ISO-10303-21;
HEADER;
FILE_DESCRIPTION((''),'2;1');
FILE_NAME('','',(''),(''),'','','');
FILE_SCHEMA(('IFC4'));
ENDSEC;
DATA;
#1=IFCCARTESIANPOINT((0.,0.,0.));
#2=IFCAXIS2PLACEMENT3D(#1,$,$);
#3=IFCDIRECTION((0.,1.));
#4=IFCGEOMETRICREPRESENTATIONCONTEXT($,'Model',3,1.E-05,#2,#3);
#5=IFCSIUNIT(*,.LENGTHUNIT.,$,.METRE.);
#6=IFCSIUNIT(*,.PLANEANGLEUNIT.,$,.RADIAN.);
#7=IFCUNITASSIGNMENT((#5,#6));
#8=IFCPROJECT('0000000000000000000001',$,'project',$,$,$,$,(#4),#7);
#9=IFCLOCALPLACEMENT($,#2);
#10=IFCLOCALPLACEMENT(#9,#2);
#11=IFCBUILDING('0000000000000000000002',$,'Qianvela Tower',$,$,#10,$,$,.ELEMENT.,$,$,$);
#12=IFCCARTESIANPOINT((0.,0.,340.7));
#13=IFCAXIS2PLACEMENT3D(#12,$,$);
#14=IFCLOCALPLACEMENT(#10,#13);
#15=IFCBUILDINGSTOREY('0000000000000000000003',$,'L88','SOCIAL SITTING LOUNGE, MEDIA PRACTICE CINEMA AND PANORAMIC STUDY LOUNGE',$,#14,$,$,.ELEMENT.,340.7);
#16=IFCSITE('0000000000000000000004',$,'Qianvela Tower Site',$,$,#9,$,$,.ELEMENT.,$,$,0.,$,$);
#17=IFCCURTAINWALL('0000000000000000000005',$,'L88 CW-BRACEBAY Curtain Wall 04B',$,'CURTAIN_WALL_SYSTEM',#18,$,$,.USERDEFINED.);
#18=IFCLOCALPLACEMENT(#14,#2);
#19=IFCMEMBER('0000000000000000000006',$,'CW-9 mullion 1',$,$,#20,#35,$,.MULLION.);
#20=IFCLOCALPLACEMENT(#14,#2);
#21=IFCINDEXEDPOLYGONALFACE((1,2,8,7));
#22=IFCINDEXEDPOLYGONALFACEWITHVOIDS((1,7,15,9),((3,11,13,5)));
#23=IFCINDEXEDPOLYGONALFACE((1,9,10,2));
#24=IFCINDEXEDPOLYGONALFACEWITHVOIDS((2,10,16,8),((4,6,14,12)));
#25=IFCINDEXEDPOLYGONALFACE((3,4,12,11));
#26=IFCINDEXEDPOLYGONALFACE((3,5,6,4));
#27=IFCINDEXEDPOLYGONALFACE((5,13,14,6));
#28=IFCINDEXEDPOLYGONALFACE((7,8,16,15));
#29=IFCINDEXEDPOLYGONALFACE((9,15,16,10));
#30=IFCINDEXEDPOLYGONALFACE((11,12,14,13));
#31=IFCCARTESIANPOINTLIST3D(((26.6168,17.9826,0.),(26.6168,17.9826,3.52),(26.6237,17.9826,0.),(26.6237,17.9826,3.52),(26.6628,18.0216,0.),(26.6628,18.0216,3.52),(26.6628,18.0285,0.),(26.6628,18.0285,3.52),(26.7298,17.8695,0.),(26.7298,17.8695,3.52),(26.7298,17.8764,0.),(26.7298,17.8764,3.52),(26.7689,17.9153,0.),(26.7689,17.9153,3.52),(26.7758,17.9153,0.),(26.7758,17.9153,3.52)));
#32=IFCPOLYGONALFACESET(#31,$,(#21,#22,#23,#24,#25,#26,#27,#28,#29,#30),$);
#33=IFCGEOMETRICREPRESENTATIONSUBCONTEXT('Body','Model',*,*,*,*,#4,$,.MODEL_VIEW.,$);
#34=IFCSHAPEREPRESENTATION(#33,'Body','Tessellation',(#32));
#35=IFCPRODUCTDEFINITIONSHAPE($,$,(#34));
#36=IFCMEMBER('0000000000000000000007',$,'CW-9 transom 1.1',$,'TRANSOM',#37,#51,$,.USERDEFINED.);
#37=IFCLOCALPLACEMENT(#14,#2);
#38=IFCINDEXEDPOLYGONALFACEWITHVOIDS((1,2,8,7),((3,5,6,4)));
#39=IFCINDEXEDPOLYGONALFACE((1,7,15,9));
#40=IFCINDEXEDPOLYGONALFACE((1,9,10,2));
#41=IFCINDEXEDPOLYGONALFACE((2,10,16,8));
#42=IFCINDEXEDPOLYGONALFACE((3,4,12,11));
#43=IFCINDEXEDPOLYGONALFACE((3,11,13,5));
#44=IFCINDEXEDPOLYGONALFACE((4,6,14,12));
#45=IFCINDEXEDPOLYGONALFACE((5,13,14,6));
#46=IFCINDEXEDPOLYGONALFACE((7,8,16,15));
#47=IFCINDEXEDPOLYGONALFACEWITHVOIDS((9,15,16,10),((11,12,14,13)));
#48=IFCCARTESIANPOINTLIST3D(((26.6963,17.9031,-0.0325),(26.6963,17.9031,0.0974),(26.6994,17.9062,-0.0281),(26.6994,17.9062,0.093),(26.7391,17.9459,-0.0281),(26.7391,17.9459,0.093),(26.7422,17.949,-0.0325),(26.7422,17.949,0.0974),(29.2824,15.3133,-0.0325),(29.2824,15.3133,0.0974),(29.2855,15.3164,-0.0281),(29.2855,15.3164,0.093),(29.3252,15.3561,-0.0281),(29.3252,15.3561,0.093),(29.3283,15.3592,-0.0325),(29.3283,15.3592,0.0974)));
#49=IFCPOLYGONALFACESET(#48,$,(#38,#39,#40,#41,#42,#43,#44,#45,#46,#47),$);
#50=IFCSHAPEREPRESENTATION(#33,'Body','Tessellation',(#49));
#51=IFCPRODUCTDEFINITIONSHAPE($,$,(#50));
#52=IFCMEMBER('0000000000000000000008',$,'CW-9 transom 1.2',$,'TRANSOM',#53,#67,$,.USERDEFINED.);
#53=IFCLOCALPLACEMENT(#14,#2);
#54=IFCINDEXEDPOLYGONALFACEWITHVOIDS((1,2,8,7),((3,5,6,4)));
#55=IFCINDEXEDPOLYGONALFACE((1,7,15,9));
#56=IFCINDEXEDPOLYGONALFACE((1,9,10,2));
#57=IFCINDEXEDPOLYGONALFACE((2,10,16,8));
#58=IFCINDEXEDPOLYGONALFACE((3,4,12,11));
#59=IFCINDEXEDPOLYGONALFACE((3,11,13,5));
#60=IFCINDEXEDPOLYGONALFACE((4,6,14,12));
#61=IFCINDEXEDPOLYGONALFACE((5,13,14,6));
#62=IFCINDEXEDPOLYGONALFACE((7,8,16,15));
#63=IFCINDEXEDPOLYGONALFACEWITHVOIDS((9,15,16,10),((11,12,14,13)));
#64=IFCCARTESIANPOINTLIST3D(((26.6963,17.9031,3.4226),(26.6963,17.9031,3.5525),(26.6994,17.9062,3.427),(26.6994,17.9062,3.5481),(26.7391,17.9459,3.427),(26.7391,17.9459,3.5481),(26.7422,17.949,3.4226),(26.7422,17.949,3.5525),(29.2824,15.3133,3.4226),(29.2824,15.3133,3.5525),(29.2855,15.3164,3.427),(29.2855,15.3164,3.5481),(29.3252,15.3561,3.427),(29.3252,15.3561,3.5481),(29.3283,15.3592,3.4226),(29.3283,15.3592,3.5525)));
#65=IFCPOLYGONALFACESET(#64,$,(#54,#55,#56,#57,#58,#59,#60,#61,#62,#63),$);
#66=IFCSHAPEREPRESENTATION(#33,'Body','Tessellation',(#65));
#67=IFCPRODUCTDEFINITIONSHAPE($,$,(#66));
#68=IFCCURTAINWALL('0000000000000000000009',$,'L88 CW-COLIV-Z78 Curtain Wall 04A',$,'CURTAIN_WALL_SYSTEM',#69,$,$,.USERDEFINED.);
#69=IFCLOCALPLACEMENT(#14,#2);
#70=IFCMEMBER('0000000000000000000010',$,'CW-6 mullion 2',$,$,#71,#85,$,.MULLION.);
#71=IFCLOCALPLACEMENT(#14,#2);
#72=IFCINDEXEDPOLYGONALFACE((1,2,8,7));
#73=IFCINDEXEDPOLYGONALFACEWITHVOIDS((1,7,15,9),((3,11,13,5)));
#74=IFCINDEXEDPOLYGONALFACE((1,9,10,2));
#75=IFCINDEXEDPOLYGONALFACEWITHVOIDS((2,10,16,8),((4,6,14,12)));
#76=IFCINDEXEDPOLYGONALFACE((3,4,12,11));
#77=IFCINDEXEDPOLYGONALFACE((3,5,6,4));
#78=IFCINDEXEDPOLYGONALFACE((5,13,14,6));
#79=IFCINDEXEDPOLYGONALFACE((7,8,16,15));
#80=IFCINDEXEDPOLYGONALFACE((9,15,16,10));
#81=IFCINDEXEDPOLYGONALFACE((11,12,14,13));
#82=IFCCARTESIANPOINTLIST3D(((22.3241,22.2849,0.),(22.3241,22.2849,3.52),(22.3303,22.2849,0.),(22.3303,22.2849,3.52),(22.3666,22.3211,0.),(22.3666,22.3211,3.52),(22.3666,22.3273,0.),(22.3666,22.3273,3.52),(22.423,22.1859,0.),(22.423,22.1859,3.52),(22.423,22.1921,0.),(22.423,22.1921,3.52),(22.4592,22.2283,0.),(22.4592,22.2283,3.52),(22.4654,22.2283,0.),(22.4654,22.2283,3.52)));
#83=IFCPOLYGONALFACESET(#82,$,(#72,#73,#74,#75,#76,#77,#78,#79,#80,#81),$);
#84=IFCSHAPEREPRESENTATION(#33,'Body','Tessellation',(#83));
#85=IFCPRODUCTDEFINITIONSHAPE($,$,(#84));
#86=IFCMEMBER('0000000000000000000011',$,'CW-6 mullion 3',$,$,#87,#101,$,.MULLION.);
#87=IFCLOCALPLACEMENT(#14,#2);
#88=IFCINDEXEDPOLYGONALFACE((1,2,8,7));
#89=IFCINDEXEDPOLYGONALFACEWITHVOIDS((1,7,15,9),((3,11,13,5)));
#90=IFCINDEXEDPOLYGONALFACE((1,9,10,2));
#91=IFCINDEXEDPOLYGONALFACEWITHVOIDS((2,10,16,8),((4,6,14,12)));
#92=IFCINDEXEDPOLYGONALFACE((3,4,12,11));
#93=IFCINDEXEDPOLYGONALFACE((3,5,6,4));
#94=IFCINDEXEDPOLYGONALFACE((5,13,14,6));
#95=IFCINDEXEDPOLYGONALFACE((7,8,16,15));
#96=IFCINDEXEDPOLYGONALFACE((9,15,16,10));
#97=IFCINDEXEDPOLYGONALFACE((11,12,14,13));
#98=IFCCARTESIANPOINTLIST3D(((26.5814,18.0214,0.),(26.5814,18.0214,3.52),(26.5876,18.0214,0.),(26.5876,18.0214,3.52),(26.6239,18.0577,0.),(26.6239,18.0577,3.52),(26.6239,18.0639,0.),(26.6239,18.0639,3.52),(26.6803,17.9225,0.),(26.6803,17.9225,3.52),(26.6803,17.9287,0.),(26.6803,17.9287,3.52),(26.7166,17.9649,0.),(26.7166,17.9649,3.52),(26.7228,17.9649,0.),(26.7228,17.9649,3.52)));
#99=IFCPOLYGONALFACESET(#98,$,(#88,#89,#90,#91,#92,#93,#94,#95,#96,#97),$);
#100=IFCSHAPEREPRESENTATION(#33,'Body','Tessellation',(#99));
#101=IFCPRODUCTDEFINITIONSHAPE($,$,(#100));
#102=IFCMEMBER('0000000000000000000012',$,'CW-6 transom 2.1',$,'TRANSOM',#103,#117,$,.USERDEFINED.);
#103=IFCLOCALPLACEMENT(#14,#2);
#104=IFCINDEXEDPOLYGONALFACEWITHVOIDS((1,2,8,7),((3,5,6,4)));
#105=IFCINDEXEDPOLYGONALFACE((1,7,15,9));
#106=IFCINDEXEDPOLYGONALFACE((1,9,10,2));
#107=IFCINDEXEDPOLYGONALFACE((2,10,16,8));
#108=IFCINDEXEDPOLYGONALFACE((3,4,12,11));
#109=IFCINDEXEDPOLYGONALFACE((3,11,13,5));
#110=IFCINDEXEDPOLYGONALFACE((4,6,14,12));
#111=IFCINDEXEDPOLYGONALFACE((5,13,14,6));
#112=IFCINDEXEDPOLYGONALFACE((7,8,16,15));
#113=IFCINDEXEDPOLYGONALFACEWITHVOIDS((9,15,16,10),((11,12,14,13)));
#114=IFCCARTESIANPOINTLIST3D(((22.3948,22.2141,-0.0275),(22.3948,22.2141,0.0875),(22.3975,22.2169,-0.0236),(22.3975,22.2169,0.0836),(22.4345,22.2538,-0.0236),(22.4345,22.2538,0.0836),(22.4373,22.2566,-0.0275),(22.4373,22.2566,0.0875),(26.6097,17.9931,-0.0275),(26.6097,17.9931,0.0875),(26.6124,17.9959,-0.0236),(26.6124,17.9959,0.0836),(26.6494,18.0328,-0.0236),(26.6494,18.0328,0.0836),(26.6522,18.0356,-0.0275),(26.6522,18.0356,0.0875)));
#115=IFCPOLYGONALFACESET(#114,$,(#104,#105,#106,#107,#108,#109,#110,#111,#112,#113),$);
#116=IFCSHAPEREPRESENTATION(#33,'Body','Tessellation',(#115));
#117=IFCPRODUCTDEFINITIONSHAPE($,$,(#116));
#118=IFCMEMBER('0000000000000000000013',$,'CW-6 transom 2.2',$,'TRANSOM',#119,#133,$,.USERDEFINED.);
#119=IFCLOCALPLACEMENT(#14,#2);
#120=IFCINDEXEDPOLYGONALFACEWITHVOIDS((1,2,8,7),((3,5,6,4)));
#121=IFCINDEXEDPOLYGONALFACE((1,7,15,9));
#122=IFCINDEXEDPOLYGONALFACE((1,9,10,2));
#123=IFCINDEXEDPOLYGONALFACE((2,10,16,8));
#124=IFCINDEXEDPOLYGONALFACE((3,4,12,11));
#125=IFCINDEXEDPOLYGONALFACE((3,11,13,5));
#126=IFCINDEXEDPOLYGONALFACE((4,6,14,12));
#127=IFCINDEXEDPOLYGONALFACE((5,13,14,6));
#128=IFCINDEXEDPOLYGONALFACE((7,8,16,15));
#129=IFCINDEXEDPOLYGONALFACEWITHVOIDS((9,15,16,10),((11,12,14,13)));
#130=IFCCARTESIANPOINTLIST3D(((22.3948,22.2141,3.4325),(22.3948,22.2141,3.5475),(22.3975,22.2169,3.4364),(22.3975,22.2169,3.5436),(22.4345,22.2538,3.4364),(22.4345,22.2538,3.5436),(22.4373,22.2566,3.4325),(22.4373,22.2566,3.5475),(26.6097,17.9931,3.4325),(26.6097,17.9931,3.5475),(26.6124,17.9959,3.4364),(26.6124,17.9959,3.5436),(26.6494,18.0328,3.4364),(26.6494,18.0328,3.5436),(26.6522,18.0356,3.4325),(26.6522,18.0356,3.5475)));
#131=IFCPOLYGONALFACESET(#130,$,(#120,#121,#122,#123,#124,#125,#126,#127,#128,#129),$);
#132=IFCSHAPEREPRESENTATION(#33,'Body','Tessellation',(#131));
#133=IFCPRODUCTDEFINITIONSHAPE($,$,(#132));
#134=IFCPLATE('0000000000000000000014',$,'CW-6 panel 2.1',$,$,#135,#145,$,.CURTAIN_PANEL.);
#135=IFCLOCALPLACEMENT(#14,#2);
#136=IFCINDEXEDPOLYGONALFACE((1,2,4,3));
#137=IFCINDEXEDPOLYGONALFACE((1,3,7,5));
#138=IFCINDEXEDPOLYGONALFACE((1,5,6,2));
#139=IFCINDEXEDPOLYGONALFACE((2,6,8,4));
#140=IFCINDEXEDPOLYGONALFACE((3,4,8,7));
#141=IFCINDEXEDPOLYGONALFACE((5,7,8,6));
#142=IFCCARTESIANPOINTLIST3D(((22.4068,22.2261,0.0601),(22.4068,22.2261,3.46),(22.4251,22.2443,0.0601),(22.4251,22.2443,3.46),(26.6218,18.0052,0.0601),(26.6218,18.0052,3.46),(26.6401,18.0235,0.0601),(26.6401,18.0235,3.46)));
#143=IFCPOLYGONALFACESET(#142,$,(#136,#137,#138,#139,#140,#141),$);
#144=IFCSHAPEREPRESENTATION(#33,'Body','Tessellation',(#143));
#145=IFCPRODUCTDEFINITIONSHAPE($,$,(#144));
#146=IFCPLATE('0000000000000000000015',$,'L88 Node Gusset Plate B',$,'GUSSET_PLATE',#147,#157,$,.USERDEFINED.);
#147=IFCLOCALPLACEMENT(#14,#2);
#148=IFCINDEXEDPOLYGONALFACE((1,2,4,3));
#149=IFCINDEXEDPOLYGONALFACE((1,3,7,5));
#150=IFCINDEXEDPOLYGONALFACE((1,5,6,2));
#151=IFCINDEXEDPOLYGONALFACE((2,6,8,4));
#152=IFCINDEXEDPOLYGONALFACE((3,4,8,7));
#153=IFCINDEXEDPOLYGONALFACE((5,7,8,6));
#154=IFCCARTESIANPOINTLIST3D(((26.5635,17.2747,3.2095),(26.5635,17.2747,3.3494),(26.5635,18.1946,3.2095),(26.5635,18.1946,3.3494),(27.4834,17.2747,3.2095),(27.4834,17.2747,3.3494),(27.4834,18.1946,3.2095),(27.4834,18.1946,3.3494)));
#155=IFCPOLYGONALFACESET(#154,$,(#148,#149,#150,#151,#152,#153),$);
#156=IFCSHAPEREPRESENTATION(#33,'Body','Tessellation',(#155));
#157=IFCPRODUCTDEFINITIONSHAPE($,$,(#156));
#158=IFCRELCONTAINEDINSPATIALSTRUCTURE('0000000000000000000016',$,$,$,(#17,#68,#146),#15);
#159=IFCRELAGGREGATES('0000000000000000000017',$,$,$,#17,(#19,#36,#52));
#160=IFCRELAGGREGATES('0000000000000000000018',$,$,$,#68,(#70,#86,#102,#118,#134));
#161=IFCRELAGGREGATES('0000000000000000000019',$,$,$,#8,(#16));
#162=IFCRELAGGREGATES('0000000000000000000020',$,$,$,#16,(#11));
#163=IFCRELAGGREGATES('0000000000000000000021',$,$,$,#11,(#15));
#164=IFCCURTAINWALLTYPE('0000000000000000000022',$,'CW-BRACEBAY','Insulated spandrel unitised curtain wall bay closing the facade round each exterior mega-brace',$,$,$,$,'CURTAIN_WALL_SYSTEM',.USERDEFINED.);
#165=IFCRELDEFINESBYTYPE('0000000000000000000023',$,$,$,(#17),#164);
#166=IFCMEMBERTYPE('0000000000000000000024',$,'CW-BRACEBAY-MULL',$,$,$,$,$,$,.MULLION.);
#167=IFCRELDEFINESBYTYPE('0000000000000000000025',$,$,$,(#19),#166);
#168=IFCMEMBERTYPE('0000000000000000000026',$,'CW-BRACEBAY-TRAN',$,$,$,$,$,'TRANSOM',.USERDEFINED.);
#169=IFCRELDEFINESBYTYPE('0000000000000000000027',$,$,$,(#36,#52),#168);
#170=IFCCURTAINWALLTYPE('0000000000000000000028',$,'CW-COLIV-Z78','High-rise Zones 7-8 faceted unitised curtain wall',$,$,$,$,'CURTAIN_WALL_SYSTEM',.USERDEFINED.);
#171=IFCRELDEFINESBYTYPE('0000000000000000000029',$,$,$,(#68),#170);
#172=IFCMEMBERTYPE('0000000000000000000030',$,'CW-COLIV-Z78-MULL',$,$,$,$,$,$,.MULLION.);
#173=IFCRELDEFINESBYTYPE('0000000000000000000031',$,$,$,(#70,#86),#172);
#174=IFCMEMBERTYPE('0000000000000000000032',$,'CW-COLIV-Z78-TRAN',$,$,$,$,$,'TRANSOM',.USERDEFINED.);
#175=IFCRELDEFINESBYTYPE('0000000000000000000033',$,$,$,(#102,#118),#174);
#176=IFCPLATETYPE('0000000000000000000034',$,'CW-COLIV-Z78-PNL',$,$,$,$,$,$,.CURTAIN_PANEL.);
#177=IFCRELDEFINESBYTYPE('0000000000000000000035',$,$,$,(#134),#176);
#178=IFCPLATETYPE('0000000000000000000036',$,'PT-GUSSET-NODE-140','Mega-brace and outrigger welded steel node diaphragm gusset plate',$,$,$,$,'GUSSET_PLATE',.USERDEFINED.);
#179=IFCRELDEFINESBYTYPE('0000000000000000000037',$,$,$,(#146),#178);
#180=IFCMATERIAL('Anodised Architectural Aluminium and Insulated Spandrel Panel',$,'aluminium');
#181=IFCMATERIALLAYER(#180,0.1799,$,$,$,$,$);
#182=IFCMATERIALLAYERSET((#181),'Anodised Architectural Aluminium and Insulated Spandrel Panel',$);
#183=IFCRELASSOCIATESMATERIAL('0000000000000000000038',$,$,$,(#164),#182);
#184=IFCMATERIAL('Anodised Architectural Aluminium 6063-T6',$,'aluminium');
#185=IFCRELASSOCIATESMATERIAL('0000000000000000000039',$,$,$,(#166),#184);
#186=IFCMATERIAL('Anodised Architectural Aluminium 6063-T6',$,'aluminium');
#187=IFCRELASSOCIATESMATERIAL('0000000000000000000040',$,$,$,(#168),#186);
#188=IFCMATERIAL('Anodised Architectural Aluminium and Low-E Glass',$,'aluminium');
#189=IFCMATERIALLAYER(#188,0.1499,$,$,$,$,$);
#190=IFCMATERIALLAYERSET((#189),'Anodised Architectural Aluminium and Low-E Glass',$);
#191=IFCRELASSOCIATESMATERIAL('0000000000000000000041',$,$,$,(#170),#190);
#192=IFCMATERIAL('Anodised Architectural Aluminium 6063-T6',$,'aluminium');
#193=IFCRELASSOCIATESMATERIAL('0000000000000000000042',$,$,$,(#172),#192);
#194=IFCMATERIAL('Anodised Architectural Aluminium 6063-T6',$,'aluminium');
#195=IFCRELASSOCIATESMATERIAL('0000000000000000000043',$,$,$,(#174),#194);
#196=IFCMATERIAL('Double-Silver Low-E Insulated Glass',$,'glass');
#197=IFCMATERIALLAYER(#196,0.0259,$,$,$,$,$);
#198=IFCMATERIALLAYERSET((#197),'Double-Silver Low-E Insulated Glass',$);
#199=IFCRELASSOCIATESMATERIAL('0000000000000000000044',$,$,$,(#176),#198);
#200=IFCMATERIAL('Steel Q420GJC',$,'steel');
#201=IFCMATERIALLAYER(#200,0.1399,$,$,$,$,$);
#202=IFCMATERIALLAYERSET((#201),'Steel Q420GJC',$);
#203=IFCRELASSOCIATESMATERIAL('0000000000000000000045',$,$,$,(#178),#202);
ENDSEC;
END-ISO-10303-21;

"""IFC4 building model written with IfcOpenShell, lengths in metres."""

from ifc_helpers import new_model, si_unit, direction, frame, origin, origin_2d, place, context, subcontext, project, spatial, rectangle, hollow_rectangle, extrude, material, layer, layer_set, material_profile, profile_set, type_object, element, aggregate, save


model = new_model("IFC4")

# Units and contexts
model_context = context("Model", 3, precision=1e-05, world=origin(), true_north=direction((0.0, 1.0)))
body_context = subcontext(model_context, "Body", "Model", "MODEL_VIEW")
ifc_project = project(units=[si_unit("LENGTHUNIT", "METRE"), si_unit("PLANEANGLEUNIT", "RADIAN")], contexts=[model_context])

# Site, building, storey
site_placement = place(None, origin())
site = spatial("IfcSite", under=ifc_project, at=site_placement, Name="Qianvela Tower Site", CompositionType="ELEMENT", RefElevation=0.0)
building_placement = place(site_placement, origin())
building = spatial("IfcBuilding", under=site, at=building_placement, Name="Qianvela Tower", CompositionType="ELEMENT")
storey_placement = place(building_placement, frame((0.0, 0.0, 340.7)))
storey = spatial("IfcBuildingStorey", under=building, at=storey_placement, Name="L88", Description="SOCIAL SITTING LOUNGE, MEDIA PRACTICE CINEMA AND PANORAMIC STUDY LOUNGE", CompositionType="ELEMENT", Elevation=340.7)

# Curtain wall, members
ifc_material_1 = material(Name="Anodised Architectural Aluminium and Insulated Spandrel Panel", Category="aluminium")
ifc_layer_1 = layer(ifc_material_1, 0.1799)
ifc_layer_set_1 = layer_set([ifc_layer_1], Name="Anodised Architectural Aluminium and Insulated Spandrel Panel")
curtain_wall_type_1 = type_object("IfcCurtainWallType", Name="CW-BRACEBAY", Description="Insulated spandrel unitised curtain wall bay closing the facade round each exterior mega-brace", ElementType="CURTAIN_WALL_SYSTEM", PredefinedType="USERDEFINED", material=ifc_layer_set_1)
curtain_wall_1_placement = place(storey_placement, origin())
curtain_wall_1 = element("IfcCurtainWall", 1, at=curtain_wall_1_placement, inside=storey, type_object=curtain_wall_type_1, Name="L88 CW-BRACEBAY Curtain Wall 04B", ObjectType="CURTAIN_WALL_SYSTEM", PredefinedType="USERDEFINED")
ifc_material_2 = material(Name="Anodised Architectural Aluminium 6063-T6", Category="aluminium")
ifc_material_profile_1 = material_profile(ifc_material_2, hollow_rectangle(XDim=0.0649, YDim=0.1599, WallThickness=0.0049, at=origin_2d()), Name="ALU-MULL-65x160")
ifc_profile_set_1 = profile_set([ifc_material_profile_1], Name="Anodised Architectural Aluminium 6063-T6")
member_type_1 = type_object("IfcMemberType", Name="CW-BRACEBAY-MULL", PredefinedType="MULLION", material=ifc_profile_set_1)
member_1_placement = place(storey_placement, frame((26.6963, 17.949, 0.0), z_axis=(0.0, 0.0, 1.0), x_axis=(0.707595, 0.706618, 0.0)))
member_1 = element("IfcMember", 2, at=member_1_placement, type_object=member_type_1, Name="CW-9 mullion 1", PredefinedType="MULLION", context=body_context, shape_type="SweptSolid", body=[
    extrude(hollow_rectangle(XDim=0.0649, YDim=0.1599, WallThickness=0.0049, at=origin_2d()), origin(), (0.0, 0.0, 1.0), 3.52),
])
ifc_material_3 = material(Name="Anodised Architectural Aluminium 6063-T6", Category="aluminium")
ifc_material_profile_2 = material_profile(ifc_material_3, hollow_rectangle(XDim=0.0649, YDim=0.1299, WallThickness=0.0044, at=origin_2d()), Name="ALU-TRAN-65x130")
ifc_profile_set_2 = profile_set([ifc_material_profile_2], Name="Anodised Architectural Aluminium 6063-T6")
member_type_2 = type_object("IfcMemberType", Name="CW-BRACEBAY-TRAN", ElementType="TRANSOM", PredefinedType="USERDEFINED", material=ifc_profile_set_2)
member_2_placement = place(storey_placement, frame((26.7192, 17.926, 0.0325), z_axis=(0.706606, -0.707607, 0.0), x_axis=(0.707607, 0.706606, 0.0)))
member_2 = element("IfcMember", 3, at=member_2_placement, type_object=member_type_2, Name="CW-9 transom 1.1", ObjectType="TRANSOM", PredefinedType="USERDEFINED", context=body_context, shape_type="SweptSolid", body=[
    extrude(hollow_rectangle(XDim=0.0649, YDim=0.1299, WallThickness=0.0044, at=origin_2d()), origin(), (0.0, 0.0, 1.0), 3.6599),
])
member_3_placement = place(storey_placement, frame((26.7192, 17.926, 3.4875), z_axis=(0.706606, -0.707607, 0.0), x_axis=(0.707607, 0.706606, 0.0)))
member_3 = element("IfcMember", 4, at=member_3_placement, type_object=member_type_2, Name="CW-9 transom 1.2", ObjectType="TRANSOM", PredefinedType="USERDEFINED", context=body_context, shape_type="SweptSolid", body=[
    extrude(hollow_rectangle(XDim=0.0649, YDim=0.1299, WallThickness=0.0044, at=origin_2d()), origin(), (0.0, 0.0, 1.0), 3.6599),
])
aggregate(curtain_wall_1, [member_1, member_2, member_3])

# Curtain wall, members, plate
ifc_material_4 = material(Name="Anodised Architectural Aluminium and Low-E Glass", Category="aluminium")
ifc_layer_2 = layer(ifc_material_4, 0.1499)
ifc_layer_set_2 = layer_set([ifc_layer_2], Name="Anodised Architectural Aluminium and Low-E Glass")
curtain_wall_type_2 = type_object("IfcCurtainWallType", Name="CW-COLIV-Z78", Description="High-rise Zones 7-8 faceted unitised curtain wall", ElementType="CURTAIN_WALL_SYSTEM", PredefinedType="USERDEFINED", material=ifc_layer_set_2)
curtain_wall_2_placement = place(storey_placement, origin())
curtain_wall_2 = element("IfcCurtainWall", 5, at=curtain_wall_2_placement, inside=storey, type_object=curtain_wall_type_2, Name="L88 CW-COLIV-Z78 Curtain Wall 04A", ObjectType="CURTAIN_WALL_SYSTEM", PredefinedType="USERDEFINED")
ifc_material_5 = material(Name="Anodised Architectural Aluminium 6063-T6", Category="aluminium")
ifc_material_profile_3 = material_profile(ifc_material_5, hollow_rectangle(XDim=0.0601, YDim=0.1399, WallThickness=0.0044, at=origin_2d()), Name="ALU-MULL-60x140")
ifc_profile_set_3 = profile_set([ifc_material_profile_3], Name="Anodised Architectural Aluminium 6063-T6")
member_type_3 = type_object("IfcMemberType", Name="CW-COLIV-Z78-MULL", PredefinedType="MULLION", material=ifc_profile_set_3)
member_4_placement = place(storey_placement, frame((22.3948, 22.2566, 0.0), z_axis=(0.0, 0.0, 1.0), x_axis=(0.707598, 0.706615, 0.0)))
member_4 = element("IfcMember", 6, at=member_4_placement, type_object=member_type_3, Name="CW-6 mullion 2", PredefinedType="MULLION", context=body_context, shape_type="SweptSolid", body=[
    extrude(hollow_rectangle(XDim=0.0601, YDim=0.1399, WallThickness=0.0044, at=origin_2d()), origin(), (0.0, 0.0, 1.0), 3.52),
])
member_5_placement = place(storey_placement, frame((26.6521, 17.9932, 0.0), z_axis=(0.0, 0.0, 1.0), x_axis=(0.707598, 0.706615, 0.0)))
member_5 = element("IfcMember", 7, at=member_5_placement, type_object=member_type_3, Name="CW-6 mullion 3", PredefinedType="MULLION", context=body_context, shape_type="SweptSolid", body=[
    extrude(hollow_rectangle(XDim=0.0601, YDim=0.1399, WallThickness=0.0044, at=origin_2d()), origin(), (0.0, 0.0, 1.0), 3.52),
])
ifc_material_6 = material(Name="Anodised Architectural Aluminium 6063-T6", Category="aluminium")
ifc_material_profile_4 = material_profile(ifc_material_6, hollow_rectangle(XDim=0.0601, YDim=0.115, WallThickness=0.0039, at=origin_2d()), Name="ALU-TRAN-60x115")
ifc_profile_set_4 = profile_set([ifc_material_profile_4], Name="Anodised Architectural Aluminium 6063-T6")
member_type_4 = type_object("IfcMemberType", Name="CW-COLIV-Z78-TRAN", ElementType="TRANSOM", PredefinedType="USERDEFINED", material=ifc_profile_set_4)
member_6_placement = place(storey_placement, frame((22.416, 22.2354, 0.03), z_axis=(0.706595, -0.707618, 0.0), x_axis=(0.707618, 0.706595, 0.0)))
member_6 = element("IfcMember", 8, at=member_6_placement, type_object=member_type_4, Name="CW-6 transom 2.1", ObjectType="TRANSOM", PredefinedType="USERDEFINED", context=body_context, shape_type="SweptSolid", body=[
    extrude(hollow_rectangle(XDim=0.0601, YDim=0.115, WallThickness=0.0039, at=origin_2d()), origin(), (0.0, 0.0, 1.0), 5.9651),
])
member_7_placement = place(storey_placement, frame((22.416, 22.2354, 3.49), z_axis=(0.706595, -0.707618, 0.0), x_axis=(0.707618, 0.706595, 0.0)))
member_7 = element("IfcMember", 9, at=member_7_placement, type_object=member_type_4, Name="CW-6 transom 2.2", ObjectType="TRANSOM", PredefinedType="USERDEFINED", context=body_context, shape_type="SweptSolid", body=[
    extrude(hollow_rectangle(XDim=0.0601, YDim=0.115, WallThickness=0.0039, at=origin_2d()), origin(), (0.0, 0.0, 1.0), 5.9651),
])
ifc_material_7 = material(Name="Double-Silver Low-E Insulated Glass", Category="glass")
ifc_layer_3 = layer(ifc_material_7, 0.0259)
ifc_layer_set_3 = layer_set([ifc_layer_3], Name="Double-Silver Low-E Insulated Glass")
plate_type_1 = type_object("IfcPlateType", Name="CW-COLIV-Z78-PNL", PredefinedType="CURTAIN_PANEL", material=ifc_layer_set_3)
plate_1_placement = place(storey_placement, frame((24.5234, 20.1248, 0.0601), z_axis=(0.0, 0.0, 1.0), x_axis=(0.706615, -0.707598, 0.0)))
plate_1 = element("IfcPlate", 10, at=plate_1_placement, type_object=plate_type_1, Name="CW-6 panel 2.1", PredefinedType="CURTAIN_PANEL", context=body_context, shape_type="SweptSolid", body=[
    extrude(rectangle(XDim=5.9651, YDim=0.0259, at=origin_2d()), origin(), (0.0, 0.0, 1.0), 3.3999),
])
aggregate(curtain_wall_2, [member_4, member_5, member_6, member_7, plate_1])

# Plate
ifc_material_8 = material(Name="Steel Q420GJC", Category="steel")
ifc_layer_4 = layer(ifc_material_8, 0.1399)
ifc_layer_set_4 = layer_set([ifc_layer_4], Name="Steel Q420GJC")
plate_type_2 = type_object("IfcPlateType", Name="PT-GUSSET-NODE-140", Description="Mega-brace and outrigger welded steel node diaphragm gusset plate", ElementType="GUSSET_PLATE", PredefinedType="USERDEFINED", material=ifc_layer_set_4)
plate_2_placement = place(storey_placement, frame((27.0234, 17.7346, 3.2095), z_axis=(0.0, 0.0, 1.0), x_axis=(1.0, 0.0, 0.0)))
element("IfcPlate", 11, at=plate_2_placement, inside=storey, type_object=plate_type_2, Name="L88 Node Gusset Plate B", ObjectType="GUSSET_PLATE", PredefinedType="USERDEFINED", context=body_context, shape_type="SweptSolid", body=[
    extrude(rectangle(XDim=0.9199, YDim=0.9199, at=origin_2d()), origin(), (0.0, 0.0, 1.0), 0.1399),
])

save(model, "model.ifc")
